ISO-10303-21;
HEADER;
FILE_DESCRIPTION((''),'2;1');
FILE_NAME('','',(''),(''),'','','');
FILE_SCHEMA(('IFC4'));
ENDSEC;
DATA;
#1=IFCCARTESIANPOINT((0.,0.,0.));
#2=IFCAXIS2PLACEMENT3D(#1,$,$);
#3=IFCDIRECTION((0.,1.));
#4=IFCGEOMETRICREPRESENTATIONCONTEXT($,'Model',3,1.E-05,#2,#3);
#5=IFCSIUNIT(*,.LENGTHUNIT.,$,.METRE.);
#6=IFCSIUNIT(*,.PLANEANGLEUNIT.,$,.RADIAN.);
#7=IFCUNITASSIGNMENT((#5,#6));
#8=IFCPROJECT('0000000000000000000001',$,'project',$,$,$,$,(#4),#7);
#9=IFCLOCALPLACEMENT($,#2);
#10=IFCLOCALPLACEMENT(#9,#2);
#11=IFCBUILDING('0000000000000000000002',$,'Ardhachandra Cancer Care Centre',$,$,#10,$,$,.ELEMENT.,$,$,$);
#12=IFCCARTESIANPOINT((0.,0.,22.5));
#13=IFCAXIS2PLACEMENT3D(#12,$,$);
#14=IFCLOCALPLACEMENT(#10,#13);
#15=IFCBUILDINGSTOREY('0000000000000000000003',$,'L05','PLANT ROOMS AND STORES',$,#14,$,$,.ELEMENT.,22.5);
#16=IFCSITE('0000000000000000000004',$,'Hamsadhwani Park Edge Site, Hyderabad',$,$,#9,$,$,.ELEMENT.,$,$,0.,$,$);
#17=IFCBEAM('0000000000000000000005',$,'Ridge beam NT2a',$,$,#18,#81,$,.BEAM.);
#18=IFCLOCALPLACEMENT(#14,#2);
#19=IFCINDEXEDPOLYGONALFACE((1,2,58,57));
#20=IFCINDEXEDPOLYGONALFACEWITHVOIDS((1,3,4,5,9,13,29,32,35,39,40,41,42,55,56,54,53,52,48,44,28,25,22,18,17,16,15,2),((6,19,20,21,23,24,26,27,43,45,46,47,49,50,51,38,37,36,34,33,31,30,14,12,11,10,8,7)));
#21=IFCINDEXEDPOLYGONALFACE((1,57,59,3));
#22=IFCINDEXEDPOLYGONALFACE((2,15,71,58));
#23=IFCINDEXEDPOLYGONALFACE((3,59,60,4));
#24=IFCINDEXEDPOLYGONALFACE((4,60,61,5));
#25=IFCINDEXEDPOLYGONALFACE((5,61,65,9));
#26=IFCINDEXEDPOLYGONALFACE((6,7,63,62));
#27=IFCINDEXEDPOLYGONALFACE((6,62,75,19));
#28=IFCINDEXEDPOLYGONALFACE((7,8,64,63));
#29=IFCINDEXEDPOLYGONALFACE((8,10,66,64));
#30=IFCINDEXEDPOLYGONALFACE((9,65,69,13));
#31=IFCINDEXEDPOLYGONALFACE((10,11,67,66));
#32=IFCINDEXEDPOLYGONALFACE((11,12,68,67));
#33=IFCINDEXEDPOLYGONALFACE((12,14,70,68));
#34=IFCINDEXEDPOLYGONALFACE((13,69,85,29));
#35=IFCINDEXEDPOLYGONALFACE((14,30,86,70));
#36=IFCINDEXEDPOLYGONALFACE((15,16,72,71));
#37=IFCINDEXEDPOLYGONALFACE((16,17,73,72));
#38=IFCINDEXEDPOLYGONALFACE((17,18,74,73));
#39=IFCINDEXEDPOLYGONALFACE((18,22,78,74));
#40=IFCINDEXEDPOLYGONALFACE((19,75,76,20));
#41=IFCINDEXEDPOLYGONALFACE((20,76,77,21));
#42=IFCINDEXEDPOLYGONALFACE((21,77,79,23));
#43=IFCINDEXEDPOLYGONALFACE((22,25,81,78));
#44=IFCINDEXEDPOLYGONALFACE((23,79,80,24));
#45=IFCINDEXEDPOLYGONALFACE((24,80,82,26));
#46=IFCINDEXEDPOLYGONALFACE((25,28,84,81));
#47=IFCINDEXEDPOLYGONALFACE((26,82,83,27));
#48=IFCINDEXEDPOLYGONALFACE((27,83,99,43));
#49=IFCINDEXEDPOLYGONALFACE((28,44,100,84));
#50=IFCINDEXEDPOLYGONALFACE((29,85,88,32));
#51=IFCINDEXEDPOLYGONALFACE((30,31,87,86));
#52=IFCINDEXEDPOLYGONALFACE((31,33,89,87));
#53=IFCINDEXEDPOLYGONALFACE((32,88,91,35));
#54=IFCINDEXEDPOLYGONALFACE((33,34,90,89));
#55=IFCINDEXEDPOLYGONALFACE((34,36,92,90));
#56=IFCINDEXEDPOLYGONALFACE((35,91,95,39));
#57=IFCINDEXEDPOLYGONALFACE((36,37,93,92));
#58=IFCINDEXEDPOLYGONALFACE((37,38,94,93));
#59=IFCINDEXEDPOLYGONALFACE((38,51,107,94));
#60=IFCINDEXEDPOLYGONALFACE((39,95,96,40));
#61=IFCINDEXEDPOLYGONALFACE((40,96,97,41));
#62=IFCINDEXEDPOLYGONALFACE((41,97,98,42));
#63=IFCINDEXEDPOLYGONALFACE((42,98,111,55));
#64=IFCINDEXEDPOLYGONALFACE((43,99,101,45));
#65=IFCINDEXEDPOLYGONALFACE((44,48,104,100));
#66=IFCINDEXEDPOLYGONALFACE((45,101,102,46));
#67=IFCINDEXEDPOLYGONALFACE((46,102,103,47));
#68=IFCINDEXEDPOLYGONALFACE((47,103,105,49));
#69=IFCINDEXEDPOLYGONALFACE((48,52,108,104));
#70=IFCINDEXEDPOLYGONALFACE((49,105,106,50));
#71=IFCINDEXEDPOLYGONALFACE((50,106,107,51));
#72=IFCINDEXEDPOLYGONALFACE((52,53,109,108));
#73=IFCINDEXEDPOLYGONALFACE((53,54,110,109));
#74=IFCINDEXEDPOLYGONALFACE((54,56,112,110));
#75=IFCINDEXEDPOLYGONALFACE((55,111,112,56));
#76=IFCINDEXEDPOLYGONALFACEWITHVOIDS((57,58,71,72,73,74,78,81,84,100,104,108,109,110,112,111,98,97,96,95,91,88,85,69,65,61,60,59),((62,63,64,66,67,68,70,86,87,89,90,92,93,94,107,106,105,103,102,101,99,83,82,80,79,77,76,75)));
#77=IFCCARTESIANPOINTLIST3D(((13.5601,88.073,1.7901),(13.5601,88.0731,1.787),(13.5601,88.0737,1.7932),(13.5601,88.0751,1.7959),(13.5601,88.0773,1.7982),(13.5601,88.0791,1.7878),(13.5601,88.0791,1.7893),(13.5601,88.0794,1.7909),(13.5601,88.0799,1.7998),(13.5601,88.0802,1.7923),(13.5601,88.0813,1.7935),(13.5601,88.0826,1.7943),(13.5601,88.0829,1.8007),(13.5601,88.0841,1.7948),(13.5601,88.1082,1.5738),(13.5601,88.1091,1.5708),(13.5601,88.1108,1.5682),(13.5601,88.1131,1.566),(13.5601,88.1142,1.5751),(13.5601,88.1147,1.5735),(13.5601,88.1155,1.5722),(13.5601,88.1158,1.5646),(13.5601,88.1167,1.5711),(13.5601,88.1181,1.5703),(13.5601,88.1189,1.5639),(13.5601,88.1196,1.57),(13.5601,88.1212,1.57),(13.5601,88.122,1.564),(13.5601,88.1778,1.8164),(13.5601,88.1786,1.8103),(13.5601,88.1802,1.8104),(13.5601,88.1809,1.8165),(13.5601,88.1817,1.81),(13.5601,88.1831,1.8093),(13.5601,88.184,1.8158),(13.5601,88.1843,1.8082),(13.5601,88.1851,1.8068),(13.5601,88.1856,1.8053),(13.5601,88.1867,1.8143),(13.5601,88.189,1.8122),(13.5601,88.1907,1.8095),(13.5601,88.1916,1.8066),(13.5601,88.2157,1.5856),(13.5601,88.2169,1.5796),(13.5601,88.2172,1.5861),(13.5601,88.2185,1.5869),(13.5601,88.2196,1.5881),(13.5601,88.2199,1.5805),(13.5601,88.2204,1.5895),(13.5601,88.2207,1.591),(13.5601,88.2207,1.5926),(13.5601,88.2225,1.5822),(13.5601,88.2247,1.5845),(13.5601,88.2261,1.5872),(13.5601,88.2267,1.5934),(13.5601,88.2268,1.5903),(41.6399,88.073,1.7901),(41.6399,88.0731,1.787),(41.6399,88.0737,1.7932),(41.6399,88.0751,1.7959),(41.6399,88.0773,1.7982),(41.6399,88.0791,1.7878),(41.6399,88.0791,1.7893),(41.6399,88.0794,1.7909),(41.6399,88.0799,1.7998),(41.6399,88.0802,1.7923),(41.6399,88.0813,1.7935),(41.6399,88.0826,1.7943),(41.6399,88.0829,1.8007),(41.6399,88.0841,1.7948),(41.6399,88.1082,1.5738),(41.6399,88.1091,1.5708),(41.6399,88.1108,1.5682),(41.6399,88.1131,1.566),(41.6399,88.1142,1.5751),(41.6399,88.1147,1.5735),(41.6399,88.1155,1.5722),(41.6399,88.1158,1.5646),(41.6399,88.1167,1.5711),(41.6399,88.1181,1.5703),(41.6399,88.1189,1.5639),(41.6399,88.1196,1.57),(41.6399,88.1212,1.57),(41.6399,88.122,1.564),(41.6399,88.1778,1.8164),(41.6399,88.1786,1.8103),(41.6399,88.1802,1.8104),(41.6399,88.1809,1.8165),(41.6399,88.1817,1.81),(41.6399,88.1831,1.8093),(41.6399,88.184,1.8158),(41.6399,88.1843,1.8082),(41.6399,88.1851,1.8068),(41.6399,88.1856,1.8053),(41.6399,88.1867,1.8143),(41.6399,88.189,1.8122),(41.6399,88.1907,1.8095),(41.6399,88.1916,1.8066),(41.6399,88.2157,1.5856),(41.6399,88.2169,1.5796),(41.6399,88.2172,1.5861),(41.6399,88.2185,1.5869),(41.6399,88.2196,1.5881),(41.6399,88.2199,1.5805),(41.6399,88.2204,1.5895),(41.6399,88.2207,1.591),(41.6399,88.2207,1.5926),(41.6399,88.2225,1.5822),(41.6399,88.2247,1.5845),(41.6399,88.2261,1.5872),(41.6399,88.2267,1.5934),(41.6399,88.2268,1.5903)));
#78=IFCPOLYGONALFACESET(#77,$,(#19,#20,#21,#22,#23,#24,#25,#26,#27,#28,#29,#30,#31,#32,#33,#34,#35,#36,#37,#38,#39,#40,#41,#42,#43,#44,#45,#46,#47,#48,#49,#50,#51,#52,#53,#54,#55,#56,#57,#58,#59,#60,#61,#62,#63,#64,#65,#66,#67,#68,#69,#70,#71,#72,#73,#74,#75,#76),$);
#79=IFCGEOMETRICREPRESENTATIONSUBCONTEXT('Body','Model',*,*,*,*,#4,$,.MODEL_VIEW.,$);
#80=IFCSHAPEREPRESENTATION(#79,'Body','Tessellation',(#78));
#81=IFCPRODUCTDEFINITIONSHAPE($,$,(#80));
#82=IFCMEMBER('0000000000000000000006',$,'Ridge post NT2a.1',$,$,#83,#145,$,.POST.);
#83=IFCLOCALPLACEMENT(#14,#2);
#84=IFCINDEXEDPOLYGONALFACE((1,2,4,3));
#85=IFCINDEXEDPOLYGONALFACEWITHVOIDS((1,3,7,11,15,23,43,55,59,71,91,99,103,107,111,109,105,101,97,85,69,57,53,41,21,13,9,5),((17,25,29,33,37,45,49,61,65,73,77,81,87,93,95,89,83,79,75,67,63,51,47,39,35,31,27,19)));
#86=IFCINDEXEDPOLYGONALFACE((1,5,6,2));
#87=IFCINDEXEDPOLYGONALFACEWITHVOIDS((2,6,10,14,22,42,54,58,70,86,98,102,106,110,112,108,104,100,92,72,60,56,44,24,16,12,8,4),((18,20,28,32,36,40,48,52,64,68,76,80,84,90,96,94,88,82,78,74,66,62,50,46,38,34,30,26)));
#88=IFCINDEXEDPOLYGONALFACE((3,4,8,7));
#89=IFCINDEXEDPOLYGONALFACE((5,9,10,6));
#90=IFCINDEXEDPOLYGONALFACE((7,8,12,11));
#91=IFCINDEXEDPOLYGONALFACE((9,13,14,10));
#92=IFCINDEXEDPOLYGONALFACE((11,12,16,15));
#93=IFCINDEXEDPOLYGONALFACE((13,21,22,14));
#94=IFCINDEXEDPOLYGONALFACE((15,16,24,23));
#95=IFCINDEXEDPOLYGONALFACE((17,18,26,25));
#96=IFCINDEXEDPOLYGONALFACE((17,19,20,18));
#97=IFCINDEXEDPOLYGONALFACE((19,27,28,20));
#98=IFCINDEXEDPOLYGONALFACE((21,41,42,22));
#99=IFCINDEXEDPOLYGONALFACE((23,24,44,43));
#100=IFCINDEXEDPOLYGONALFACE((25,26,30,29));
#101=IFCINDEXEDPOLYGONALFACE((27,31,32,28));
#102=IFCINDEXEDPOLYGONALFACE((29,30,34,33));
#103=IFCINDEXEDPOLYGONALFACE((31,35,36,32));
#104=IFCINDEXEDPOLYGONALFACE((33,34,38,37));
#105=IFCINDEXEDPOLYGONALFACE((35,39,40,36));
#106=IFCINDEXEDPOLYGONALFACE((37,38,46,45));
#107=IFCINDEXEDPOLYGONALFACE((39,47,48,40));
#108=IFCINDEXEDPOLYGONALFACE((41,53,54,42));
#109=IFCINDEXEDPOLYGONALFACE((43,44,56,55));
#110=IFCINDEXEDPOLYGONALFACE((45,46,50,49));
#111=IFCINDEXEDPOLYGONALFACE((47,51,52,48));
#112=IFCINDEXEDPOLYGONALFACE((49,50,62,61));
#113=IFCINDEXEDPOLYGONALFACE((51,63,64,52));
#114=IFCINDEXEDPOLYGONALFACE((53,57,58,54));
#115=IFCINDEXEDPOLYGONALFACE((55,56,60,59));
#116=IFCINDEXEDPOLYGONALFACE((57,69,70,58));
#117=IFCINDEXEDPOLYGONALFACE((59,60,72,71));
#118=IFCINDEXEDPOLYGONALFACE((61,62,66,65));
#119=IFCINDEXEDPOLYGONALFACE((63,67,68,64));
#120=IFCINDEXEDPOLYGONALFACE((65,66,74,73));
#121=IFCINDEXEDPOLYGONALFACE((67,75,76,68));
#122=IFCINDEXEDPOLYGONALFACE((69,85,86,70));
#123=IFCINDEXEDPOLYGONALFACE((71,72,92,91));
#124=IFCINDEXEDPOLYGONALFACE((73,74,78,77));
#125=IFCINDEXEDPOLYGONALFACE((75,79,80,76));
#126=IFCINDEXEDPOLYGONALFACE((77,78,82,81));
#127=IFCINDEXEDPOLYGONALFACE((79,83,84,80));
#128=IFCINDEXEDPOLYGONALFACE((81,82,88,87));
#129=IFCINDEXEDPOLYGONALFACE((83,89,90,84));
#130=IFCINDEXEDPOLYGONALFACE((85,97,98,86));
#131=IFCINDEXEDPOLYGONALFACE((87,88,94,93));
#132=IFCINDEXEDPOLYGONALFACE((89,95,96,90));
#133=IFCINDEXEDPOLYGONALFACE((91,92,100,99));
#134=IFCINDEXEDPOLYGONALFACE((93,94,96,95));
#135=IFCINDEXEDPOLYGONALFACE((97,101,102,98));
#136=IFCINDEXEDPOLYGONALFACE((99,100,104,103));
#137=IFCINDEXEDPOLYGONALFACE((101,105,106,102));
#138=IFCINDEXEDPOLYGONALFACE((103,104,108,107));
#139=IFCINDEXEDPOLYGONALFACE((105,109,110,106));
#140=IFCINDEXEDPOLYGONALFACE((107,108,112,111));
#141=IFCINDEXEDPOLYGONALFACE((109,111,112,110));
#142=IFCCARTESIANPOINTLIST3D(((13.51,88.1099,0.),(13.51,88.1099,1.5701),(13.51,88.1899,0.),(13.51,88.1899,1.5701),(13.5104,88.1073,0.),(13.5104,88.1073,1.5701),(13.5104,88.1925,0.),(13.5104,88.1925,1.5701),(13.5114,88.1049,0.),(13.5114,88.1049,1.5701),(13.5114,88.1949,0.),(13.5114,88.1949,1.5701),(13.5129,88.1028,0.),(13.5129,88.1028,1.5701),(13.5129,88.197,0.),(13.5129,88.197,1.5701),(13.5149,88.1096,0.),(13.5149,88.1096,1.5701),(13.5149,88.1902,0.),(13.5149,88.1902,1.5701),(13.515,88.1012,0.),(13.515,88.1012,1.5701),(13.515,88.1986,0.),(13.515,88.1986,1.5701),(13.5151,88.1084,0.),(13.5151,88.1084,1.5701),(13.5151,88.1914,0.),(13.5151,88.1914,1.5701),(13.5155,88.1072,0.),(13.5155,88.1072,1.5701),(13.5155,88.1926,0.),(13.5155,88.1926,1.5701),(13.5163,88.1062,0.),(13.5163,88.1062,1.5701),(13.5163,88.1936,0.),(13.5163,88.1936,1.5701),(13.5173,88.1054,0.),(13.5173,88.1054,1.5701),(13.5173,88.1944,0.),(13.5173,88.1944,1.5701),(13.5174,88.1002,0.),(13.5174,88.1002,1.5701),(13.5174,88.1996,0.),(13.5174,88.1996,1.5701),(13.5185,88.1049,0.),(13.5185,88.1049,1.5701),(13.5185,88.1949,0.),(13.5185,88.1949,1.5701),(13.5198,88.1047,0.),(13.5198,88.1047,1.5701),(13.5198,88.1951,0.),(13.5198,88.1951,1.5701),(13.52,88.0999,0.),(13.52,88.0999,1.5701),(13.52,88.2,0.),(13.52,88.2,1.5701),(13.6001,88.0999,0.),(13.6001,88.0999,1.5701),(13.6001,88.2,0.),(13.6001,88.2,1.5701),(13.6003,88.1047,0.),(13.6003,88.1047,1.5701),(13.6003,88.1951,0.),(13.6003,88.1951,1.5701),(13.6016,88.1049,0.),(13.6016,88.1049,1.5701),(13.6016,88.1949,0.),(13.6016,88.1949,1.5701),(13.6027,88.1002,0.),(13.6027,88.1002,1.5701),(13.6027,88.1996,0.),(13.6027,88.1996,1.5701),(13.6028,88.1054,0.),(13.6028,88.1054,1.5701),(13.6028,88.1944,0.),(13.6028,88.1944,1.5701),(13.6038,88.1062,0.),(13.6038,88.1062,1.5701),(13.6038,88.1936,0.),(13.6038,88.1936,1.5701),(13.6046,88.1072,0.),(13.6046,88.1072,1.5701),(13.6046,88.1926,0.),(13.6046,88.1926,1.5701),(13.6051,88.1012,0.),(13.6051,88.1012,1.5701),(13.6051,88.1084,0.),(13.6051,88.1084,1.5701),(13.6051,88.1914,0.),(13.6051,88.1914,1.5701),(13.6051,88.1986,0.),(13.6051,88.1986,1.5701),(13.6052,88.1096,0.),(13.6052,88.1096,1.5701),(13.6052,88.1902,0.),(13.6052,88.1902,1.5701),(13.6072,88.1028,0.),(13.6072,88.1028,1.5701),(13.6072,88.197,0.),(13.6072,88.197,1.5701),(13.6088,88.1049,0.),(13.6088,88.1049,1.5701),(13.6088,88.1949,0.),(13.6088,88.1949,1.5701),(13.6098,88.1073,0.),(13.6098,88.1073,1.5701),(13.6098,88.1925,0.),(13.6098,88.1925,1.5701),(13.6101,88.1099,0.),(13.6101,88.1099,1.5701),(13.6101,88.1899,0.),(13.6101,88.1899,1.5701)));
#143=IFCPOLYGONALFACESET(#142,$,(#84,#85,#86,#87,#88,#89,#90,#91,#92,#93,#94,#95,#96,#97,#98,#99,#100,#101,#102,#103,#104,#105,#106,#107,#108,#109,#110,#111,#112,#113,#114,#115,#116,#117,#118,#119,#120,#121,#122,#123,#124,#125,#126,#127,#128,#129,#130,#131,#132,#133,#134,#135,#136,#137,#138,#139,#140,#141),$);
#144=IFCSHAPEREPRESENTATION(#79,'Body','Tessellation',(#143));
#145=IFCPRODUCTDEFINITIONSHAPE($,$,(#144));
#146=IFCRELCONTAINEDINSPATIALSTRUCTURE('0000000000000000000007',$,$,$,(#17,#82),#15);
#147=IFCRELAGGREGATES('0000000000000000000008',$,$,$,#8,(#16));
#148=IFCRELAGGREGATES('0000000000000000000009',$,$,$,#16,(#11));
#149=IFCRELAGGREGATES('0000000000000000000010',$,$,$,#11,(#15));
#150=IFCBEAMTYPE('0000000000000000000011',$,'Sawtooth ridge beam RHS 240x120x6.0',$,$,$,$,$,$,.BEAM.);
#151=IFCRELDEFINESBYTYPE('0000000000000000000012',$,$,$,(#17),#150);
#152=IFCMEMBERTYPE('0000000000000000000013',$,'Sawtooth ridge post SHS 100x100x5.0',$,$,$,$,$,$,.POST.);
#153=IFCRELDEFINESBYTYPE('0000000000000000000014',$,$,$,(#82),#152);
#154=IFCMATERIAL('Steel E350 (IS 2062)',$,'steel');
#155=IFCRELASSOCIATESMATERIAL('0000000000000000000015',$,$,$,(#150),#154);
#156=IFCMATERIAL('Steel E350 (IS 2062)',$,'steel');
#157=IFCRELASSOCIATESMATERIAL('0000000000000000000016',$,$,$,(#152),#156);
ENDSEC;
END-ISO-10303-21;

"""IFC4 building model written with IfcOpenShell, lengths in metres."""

from ifc_helpers import new_model, si_unit, direction, frame, origin, origin_2d, place, context, subcontext, project, spatial, hollow_rectangle, extrude, material, material_profile, profile_set, type_object, element, save


model = new_model("IFC4")

# Units and contexts
model_context = context("Model", 3, precision=1e-05, world=origin(), true_north=direction((0.0, 1.0)))
body_context = subcontext(model_context, "Body", "Model", "MODEL_VIEW")
ifc_project = project(units=[si_unit("LENGTHUNIT", "METRE"), si_unit("PLANEANGLEUNIT", "RADIAN")], contexts=[model_context])

# Site, building, storey
site_placement = place(None, origin())
site = spatial("IfcSite", under=ifc_project, at=site_placement, Name="Hamsadhwani Park Edge Site, Hyderabad", CompositionType="ELEMENT", RefElevation=0.0)
building_placement = place(site_placement, origin())
building = spatial("IfcBuilding", under=site, at=building_placement, Name="Ardhachandra Cancer Care Centre", CompositionType="ELEMENT")
storey_placement = place(building_placement, frame((0.0, 0.0, 22.5)))
storey = spatial("IfcBuildingStorey", under=building, at=storey_placement, Name="L05", Description="PLANT ROOMS AND STORES", CompositionType="ELEMENT", Elevation=22.5)

# Beam
ifc_material_1 = material(Name="Steel E350 (IS 2062)", Category="steel")
ifc_material_profile_1 = material_profile(ifc_material_1, hollow_rectangle(XDim=0.1201, YDim=0.24, WallThickness=0.0061, InnerFilletRadius=0.0061, OuterFilletRadius=0.012, at=origin_2d()), Name="RHS 240x120x6.0")
ifc_profile_set_1 = profile_set([ifc_material_profile_1], Name="Steel E350 (IS 2062)")
beam_type = type_object("IfcBeamType", Name="Sawtooth ridge beam RHS 240x120x6.0", PredefinedType="BEAM", material=ifc_profile_set_1)
beam_placement = place(storey_placement, frame((13.5601, 88.1499, 1.6902), z_axis=(1.0, 0.0, 0.0), x_axis=(0.0, 0.986659, 0.162799)))
element("IfcBeam", 1, at=beam_placement, inside=storey, type_object=beam_type, Name="Ridge beam NT2a", PredefinedType="BEAM", context=body_context, shape_type="SweptSolid", body=[
    extrude(hollow_rectangle(XDim=0.1201, YDim=0.24, WallThickness=0.0061, InnerFilletRadius=0.0061, OuterFilletRadius=0.012, at=origin_2d()), origin(), (0.0, 0.0, 1.0), 28.0798),
])

# Member
ifc_material_2 = material(Name="Steel E350 (IS 2062)", Category="steel")
ifc_material_profile_2 = material_profile(ifc_material_2, hollow_rectangle(XDim=0.1001, YDim=0.1001, WallThickness=0.0049, InnerFilletRadius=0.0049, OuterFilletRadius=0.01, at=origin_2d()), Name="SHS 100x100x5.0")
ifc_profile_set_2 = profile_set([ifc_material_profile_2], Name="Steel E350 (IS 2062)")
member_type_1 = type_object("IfcMemberType", Name="Sawtooth ridge post SHS 100x100x5.0", PredefinedType="POST", material=ifc_profile_set_2)
member_1_placement = place(storey_placement, frame((13.5601, 88.1499, 0.0), z_axis=(0.0, 0.0, 1.0), x_axis=(1.0, 0.0, 0.0)))
element("IfcMember", 2, at=member_1_placement, inside=storey, type_object=member_type_1, Name="Ridge post NT2a.1", PredefinedType="POST", context=body_context, shape_type="SweptSolid", body=[
    extrude(hollow_rectangle(XDim=0.1001, YDim=0.1001, WallThickness=0.0049, InnerFilletRadius=0.0049, OuterFilletRadius=0.01, at=origin_2d()), origin(), (0.0, 0.0, 1.0), 1.5701),
])

save(model, "model.ifc")
